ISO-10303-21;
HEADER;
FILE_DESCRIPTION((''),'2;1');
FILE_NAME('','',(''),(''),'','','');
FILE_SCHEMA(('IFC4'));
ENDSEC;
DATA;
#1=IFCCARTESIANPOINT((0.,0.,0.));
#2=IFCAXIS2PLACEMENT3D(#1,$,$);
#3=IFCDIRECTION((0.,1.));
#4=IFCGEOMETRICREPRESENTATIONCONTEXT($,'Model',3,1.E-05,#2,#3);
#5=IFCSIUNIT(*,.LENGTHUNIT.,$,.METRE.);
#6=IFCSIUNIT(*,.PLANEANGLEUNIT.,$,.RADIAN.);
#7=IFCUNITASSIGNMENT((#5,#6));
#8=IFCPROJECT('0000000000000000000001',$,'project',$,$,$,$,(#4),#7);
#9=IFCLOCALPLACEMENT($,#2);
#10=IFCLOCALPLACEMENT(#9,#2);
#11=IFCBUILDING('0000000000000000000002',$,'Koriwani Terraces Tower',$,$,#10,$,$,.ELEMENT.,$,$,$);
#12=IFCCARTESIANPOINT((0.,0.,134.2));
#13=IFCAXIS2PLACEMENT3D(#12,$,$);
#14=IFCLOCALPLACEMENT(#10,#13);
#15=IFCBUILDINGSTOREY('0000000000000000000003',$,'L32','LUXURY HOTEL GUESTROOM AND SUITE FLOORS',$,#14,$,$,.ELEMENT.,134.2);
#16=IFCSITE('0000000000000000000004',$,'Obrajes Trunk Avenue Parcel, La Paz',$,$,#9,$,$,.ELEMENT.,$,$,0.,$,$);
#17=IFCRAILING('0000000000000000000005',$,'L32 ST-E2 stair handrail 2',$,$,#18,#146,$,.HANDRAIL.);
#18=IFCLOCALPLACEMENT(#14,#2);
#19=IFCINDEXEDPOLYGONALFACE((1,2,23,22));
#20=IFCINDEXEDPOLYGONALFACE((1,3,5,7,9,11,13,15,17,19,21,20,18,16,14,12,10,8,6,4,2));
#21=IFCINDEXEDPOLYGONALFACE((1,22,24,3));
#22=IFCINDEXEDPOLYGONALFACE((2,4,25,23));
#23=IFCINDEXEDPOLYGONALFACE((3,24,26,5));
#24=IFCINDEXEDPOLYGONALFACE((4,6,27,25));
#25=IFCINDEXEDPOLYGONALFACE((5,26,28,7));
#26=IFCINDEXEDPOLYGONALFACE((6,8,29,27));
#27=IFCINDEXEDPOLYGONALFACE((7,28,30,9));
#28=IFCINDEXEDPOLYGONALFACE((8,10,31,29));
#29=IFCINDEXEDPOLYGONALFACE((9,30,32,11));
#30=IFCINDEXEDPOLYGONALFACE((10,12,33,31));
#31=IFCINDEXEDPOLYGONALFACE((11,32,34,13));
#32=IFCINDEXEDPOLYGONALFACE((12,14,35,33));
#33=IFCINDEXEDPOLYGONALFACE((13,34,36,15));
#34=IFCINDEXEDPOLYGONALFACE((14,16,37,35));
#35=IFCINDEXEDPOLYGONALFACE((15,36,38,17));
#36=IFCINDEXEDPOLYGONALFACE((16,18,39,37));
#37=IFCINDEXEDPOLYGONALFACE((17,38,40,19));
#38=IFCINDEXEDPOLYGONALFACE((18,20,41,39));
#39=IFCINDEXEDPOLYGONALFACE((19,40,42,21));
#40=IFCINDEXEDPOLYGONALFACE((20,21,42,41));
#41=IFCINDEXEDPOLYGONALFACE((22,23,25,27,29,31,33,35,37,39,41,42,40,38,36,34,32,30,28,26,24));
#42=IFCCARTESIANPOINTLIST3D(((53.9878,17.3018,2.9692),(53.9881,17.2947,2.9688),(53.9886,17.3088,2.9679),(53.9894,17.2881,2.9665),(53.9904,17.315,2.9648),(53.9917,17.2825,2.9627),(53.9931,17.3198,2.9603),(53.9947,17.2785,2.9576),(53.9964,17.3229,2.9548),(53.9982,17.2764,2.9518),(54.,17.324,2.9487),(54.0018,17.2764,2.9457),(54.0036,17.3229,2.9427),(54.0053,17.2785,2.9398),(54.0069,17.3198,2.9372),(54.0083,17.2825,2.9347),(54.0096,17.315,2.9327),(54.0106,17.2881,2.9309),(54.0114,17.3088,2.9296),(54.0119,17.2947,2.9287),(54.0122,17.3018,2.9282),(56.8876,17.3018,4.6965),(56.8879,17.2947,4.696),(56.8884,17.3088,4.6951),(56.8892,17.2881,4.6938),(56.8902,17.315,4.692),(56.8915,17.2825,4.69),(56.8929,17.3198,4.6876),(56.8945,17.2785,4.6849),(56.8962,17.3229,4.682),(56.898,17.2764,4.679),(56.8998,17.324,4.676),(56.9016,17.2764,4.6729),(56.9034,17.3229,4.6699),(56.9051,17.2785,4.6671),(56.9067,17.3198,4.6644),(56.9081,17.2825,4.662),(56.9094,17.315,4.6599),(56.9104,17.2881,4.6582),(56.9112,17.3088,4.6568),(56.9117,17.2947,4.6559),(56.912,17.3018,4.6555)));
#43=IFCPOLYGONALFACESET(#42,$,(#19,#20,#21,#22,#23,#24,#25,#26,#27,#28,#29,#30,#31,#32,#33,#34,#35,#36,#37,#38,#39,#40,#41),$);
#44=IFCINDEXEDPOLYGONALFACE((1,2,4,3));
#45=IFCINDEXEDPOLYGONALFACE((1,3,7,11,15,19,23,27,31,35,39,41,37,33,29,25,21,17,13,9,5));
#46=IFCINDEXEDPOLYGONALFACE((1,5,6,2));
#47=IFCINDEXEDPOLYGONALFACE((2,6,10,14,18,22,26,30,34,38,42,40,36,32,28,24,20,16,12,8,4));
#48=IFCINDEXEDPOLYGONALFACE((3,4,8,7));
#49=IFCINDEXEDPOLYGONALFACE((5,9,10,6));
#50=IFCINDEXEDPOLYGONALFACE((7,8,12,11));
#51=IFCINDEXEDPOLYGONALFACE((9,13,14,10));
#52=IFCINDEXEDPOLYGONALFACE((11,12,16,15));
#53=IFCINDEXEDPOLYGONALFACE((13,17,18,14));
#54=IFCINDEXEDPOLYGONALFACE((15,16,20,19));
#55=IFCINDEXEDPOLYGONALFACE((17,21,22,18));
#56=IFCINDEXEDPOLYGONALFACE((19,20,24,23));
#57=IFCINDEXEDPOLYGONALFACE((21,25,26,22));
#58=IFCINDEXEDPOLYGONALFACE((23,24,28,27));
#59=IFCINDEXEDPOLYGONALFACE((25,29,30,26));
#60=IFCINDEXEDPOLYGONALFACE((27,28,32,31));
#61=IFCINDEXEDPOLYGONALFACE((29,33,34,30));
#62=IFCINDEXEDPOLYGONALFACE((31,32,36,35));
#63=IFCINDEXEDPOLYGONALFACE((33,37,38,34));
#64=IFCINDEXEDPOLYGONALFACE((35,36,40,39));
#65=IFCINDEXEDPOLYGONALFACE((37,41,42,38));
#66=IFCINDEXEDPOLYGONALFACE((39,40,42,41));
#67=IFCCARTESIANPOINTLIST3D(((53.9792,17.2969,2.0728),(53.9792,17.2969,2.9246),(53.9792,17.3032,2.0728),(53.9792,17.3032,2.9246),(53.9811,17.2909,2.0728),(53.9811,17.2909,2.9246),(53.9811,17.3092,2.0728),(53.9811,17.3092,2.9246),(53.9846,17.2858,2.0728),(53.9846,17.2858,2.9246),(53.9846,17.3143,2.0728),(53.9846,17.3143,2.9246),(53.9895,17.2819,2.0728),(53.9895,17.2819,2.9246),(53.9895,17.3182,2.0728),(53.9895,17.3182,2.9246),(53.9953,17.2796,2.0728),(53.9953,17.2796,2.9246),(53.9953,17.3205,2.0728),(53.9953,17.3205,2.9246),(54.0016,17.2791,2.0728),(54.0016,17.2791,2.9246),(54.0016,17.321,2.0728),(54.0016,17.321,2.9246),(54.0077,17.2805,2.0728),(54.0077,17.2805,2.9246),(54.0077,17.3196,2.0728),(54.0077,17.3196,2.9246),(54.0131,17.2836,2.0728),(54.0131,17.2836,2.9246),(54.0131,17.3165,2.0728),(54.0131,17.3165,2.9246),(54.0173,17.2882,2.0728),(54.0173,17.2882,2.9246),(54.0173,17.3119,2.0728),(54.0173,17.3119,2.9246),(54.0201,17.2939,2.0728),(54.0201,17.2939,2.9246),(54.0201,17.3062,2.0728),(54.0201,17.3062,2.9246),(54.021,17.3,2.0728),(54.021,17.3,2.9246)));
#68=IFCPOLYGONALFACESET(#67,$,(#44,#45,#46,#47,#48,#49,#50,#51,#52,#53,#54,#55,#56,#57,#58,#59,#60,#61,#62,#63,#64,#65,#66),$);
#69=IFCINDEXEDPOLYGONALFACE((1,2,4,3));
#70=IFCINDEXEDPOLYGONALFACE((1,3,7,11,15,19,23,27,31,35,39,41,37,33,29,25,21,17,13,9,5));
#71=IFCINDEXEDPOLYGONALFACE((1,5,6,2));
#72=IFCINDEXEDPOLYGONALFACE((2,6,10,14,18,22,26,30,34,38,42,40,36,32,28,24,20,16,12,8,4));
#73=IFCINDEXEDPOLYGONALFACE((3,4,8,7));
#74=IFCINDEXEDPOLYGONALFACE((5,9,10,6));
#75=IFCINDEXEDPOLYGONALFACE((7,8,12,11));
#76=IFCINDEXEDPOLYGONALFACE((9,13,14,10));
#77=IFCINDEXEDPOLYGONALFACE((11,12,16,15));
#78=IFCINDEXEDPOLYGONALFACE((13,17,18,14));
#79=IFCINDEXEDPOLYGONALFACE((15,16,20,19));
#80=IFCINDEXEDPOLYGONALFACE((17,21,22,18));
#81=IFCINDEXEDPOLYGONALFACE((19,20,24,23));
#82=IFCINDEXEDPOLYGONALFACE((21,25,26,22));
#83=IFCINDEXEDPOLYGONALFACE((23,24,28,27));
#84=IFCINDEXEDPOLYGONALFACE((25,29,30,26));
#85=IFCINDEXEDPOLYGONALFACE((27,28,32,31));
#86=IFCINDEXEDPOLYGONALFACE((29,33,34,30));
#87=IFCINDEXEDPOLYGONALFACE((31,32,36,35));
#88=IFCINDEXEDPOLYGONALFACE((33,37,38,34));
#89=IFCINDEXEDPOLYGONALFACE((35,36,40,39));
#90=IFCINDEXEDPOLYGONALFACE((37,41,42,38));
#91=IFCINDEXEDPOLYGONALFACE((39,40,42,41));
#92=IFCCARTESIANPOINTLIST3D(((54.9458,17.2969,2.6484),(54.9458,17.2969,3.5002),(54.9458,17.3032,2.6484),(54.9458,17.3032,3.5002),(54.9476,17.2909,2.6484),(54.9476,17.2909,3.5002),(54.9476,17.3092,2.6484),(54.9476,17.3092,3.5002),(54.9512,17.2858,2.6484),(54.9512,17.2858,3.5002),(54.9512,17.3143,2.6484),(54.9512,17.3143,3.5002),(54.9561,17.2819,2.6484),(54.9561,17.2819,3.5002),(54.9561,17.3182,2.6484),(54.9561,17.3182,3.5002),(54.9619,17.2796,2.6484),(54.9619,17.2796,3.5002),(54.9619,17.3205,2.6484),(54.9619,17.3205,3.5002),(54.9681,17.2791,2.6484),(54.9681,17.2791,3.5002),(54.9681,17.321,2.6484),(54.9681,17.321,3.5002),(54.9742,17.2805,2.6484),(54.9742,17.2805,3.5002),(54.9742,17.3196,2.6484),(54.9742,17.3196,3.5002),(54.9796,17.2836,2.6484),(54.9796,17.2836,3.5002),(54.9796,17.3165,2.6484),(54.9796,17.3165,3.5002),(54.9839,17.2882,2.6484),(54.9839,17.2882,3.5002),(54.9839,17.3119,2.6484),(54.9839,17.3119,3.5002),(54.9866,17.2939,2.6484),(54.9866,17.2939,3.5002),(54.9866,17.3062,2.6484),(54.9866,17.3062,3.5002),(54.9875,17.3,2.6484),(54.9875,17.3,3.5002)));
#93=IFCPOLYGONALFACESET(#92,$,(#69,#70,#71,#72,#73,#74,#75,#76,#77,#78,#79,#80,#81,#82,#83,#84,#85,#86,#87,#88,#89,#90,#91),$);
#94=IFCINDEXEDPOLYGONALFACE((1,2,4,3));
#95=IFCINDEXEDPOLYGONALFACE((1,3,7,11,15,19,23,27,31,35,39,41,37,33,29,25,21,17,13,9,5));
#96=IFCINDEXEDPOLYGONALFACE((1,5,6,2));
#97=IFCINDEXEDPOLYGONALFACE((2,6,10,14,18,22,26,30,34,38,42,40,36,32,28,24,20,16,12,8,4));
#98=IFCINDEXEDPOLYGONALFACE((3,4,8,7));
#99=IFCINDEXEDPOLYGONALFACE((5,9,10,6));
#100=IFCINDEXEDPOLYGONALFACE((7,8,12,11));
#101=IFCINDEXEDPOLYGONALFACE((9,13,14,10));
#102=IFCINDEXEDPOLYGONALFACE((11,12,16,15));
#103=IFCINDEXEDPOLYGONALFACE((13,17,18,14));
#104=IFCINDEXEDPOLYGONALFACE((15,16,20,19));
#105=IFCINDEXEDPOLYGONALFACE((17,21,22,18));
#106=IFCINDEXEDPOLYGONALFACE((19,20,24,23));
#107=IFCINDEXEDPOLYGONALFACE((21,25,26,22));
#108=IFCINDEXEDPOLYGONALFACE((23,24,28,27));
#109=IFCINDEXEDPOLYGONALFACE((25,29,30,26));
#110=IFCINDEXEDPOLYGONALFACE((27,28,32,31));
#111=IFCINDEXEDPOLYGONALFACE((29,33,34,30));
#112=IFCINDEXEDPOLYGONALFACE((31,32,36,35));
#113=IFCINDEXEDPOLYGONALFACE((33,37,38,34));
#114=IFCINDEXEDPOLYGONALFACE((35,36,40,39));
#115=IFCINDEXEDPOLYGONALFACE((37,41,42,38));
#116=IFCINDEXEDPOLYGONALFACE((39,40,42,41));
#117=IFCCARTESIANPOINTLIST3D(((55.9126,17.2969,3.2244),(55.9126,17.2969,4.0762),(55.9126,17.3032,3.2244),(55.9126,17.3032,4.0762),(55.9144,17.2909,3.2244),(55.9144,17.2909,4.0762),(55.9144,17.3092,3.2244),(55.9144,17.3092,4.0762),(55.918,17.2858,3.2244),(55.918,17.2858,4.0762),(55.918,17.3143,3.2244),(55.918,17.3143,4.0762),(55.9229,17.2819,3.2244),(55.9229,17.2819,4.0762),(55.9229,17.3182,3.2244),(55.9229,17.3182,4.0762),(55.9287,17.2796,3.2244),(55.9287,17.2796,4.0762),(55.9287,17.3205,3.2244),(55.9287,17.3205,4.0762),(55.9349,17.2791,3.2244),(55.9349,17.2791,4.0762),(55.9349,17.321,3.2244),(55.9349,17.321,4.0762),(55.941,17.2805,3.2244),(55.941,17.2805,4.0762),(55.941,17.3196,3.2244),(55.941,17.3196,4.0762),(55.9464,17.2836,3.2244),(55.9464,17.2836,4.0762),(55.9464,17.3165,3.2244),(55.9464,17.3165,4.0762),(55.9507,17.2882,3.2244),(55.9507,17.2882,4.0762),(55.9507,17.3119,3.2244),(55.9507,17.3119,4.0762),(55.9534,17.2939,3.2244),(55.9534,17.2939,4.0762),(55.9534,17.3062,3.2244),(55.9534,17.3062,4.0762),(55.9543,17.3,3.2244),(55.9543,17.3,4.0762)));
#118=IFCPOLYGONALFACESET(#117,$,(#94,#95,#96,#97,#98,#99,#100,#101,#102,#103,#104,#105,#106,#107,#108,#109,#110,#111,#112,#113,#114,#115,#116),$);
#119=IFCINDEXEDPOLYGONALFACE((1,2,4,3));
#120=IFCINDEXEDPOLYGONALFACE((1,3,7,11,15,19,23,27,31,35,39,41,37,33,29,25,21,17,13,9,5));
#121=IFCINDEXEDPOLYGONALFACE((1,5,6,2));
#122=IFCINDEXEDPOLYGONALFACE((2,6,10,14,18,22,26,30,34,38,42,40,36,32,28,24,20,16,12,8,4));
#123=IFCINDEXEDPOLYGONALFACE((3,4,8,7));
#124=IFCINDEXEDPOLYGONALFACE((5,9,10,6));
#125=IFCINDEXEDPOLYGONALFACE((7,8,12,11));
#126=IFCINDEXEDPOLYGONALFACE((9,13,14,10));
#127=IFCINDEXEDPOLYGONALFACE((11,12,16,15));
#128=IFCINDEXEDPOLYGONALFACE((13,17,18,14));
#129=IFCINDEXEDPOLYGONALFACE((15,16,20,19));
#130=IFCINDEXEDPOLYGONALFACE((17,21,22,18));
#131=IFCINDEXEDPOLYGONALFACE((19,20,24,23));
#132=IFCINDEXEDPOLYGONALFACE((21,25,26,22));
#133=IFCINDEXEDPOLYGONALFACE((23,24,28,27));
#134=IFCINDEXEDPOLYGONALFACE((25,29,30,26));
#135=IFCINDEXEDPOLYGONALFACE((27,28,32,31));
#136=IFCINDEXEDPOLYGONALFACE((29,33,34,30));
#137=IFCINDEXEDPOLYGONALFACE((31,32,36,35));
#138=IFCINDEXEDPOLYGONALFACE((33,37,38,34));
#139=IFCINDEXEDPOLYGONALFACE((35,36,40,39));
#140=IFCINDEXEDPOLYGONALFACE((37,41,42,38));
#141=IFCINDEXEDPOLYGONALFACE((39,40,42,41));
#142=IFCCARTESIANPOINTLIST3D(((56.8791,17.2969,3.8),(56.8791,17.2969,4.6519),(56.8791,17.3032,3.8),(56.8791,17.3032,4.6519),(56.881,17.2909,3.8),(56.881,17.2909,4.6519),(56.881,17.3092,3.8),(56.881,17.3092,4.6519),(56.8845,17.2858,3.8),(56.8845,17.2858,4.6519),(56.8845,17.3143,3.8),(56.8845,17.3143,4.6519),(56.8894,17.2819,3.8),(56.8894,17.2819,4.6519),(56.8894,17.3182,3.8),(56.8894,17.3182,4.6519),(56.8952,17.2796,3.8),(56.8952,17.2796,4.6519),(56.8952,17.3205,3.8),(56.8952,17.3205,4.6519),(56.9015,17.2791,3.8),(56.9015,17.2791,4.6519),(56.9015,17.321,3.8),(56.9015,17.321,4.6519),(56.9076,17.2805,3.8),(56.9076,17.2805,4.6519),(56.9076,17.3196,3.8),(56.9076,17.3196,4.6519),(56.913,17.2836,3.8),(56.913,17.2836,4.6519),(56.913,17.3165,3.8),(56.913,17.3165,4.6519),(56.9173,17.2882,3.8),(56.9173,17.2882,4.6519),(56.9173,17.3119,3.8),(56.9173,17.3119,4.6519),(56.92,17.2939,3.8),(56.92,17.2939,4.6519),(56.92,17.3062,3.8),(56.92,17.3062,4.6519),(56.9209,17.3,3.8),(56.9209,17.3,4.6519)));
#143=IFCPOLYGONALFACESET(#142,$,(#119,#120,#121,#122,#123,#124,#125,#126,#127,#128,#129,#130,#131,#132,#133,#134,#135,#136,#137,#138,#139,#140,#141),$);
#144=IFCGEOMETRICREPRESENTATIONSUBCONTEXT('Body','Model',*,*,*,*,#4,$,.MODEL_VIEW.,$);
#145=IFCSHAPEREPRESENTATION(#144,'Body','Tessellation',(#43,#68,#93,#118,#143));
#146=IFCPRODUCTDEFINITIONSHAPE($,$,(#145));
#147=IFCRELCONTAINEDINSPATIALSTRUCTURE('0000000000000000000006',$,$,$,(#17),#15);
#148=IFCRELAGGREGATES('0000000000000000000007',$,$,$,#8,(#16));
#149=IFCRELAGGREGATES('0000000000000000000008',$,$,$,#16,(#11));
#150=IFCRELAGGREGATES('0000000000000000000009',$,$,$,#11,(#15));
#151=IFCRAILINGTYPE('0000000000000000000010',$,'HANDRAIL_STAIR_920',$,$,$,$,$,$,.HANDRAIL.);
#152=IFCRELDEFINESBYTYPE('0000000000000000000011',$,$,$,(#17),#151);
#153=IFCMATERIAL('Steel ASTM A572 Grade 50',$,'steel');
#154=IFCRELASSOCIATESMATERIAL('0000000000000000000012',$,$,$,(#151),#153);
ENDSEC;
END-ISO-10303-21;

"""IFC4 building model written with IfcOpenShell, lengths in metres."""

from ifc_helpers import new_model, si_unit, direction, frame, origin, origin_2d, place, context, subcontext, project, spatial, circle, extrude, material, type_object, element, save


model = new_model("IFC4")

# Units and contexts
model_context = context("Model", 3, precision=1e-05, world=origin(), true_north=direction((0.0, 1.0)))
body_context = subcontext(model_context, "Body", "Model", "MODEL_VIEW")
ifc_project = project(units=[si_unit("LENGTHUNIT", "METRE"), si_unit("PLANEANGLEUNIT", "RADIAN")], contexts=[model_context])

# Site, building, storey
site_placement = place(None, origin())
site = spatial("IfcSite", under=ifc_project, at=site_placement, Name="Obrajes Trunk Avenue Parcel, La Paz", CompositionType="ELEMENT", RefElevation=0.0)
building_placement = place(site_placement, origin())
building = spatial("IfcBuilding", under=site, at=building_placement, Name="Koriwani Terraces Tower", CompositionType="ELEMENT")
storey_placement = place(building_placement, frame((0.0, 0.0, 134.2)))
storey = spatial("IfcBuildingStorey", under=building, at=storey_placement, Name="L32", Description="LUXURY HOTEL GUESTROOM AND SUITE FLOORS", CompositionType="ELEMENT", Elevation=134.2)

# Shared definitions
ifc_material_1 = material(Name="Steel ASTM A572 Grade 50", Category="steel")

# Railing
railing_type_1 = type_object("IfcRailingType", Name="HANDRAIL_STAIR_920", PredefinedType="HANDRAIL", material=ifc_material_1)
railing_1_placement = place(storey_placement, frame((54.0, 17.3, 2.0728)))
element("IfcRailing", 1, at=railing_1_placement, inside=storey, type_object=railing_type_1, Name="L32 ST-E2 stair handrail 2", PredefinedType="HANDRAIL", context=body_context, shape_type="SweptSolid", body=[
    extrude(circle(Radius=0.0239, at=origin_2d()), frame((0.0, 0.0, 0.876), z_axis=(0.859141, 0.0, 0.511738), x_axis=(0.0, 1.0, 0.0)), (0.0, 0.0, 1.0), 3.3752),
    extrude(circle(Radius=0.021, at=origin_2d()), origin(), (0.0, 0.0, 1.0), 0.8518),
    extrude(circle(Radius=0.021, at=origin_2d()), frame((0.9666, 0.0, 0.5757)), (0.0, 0.0, 1.0), 0.8518),
    extrude(circle(Radius=0.021, at=origin_2d()), frame((1.9333, 0.0, 1.1516)), (0.0, 0.0, 1.0), 0.8518),
    extrude(circle(Radius=0.021, at=origin_2d()), frame((2.8999, 0.0, 1.7273)), (0.0, 0.0, 1.0), 0.8518),
])

save(model, "model.ifc")
